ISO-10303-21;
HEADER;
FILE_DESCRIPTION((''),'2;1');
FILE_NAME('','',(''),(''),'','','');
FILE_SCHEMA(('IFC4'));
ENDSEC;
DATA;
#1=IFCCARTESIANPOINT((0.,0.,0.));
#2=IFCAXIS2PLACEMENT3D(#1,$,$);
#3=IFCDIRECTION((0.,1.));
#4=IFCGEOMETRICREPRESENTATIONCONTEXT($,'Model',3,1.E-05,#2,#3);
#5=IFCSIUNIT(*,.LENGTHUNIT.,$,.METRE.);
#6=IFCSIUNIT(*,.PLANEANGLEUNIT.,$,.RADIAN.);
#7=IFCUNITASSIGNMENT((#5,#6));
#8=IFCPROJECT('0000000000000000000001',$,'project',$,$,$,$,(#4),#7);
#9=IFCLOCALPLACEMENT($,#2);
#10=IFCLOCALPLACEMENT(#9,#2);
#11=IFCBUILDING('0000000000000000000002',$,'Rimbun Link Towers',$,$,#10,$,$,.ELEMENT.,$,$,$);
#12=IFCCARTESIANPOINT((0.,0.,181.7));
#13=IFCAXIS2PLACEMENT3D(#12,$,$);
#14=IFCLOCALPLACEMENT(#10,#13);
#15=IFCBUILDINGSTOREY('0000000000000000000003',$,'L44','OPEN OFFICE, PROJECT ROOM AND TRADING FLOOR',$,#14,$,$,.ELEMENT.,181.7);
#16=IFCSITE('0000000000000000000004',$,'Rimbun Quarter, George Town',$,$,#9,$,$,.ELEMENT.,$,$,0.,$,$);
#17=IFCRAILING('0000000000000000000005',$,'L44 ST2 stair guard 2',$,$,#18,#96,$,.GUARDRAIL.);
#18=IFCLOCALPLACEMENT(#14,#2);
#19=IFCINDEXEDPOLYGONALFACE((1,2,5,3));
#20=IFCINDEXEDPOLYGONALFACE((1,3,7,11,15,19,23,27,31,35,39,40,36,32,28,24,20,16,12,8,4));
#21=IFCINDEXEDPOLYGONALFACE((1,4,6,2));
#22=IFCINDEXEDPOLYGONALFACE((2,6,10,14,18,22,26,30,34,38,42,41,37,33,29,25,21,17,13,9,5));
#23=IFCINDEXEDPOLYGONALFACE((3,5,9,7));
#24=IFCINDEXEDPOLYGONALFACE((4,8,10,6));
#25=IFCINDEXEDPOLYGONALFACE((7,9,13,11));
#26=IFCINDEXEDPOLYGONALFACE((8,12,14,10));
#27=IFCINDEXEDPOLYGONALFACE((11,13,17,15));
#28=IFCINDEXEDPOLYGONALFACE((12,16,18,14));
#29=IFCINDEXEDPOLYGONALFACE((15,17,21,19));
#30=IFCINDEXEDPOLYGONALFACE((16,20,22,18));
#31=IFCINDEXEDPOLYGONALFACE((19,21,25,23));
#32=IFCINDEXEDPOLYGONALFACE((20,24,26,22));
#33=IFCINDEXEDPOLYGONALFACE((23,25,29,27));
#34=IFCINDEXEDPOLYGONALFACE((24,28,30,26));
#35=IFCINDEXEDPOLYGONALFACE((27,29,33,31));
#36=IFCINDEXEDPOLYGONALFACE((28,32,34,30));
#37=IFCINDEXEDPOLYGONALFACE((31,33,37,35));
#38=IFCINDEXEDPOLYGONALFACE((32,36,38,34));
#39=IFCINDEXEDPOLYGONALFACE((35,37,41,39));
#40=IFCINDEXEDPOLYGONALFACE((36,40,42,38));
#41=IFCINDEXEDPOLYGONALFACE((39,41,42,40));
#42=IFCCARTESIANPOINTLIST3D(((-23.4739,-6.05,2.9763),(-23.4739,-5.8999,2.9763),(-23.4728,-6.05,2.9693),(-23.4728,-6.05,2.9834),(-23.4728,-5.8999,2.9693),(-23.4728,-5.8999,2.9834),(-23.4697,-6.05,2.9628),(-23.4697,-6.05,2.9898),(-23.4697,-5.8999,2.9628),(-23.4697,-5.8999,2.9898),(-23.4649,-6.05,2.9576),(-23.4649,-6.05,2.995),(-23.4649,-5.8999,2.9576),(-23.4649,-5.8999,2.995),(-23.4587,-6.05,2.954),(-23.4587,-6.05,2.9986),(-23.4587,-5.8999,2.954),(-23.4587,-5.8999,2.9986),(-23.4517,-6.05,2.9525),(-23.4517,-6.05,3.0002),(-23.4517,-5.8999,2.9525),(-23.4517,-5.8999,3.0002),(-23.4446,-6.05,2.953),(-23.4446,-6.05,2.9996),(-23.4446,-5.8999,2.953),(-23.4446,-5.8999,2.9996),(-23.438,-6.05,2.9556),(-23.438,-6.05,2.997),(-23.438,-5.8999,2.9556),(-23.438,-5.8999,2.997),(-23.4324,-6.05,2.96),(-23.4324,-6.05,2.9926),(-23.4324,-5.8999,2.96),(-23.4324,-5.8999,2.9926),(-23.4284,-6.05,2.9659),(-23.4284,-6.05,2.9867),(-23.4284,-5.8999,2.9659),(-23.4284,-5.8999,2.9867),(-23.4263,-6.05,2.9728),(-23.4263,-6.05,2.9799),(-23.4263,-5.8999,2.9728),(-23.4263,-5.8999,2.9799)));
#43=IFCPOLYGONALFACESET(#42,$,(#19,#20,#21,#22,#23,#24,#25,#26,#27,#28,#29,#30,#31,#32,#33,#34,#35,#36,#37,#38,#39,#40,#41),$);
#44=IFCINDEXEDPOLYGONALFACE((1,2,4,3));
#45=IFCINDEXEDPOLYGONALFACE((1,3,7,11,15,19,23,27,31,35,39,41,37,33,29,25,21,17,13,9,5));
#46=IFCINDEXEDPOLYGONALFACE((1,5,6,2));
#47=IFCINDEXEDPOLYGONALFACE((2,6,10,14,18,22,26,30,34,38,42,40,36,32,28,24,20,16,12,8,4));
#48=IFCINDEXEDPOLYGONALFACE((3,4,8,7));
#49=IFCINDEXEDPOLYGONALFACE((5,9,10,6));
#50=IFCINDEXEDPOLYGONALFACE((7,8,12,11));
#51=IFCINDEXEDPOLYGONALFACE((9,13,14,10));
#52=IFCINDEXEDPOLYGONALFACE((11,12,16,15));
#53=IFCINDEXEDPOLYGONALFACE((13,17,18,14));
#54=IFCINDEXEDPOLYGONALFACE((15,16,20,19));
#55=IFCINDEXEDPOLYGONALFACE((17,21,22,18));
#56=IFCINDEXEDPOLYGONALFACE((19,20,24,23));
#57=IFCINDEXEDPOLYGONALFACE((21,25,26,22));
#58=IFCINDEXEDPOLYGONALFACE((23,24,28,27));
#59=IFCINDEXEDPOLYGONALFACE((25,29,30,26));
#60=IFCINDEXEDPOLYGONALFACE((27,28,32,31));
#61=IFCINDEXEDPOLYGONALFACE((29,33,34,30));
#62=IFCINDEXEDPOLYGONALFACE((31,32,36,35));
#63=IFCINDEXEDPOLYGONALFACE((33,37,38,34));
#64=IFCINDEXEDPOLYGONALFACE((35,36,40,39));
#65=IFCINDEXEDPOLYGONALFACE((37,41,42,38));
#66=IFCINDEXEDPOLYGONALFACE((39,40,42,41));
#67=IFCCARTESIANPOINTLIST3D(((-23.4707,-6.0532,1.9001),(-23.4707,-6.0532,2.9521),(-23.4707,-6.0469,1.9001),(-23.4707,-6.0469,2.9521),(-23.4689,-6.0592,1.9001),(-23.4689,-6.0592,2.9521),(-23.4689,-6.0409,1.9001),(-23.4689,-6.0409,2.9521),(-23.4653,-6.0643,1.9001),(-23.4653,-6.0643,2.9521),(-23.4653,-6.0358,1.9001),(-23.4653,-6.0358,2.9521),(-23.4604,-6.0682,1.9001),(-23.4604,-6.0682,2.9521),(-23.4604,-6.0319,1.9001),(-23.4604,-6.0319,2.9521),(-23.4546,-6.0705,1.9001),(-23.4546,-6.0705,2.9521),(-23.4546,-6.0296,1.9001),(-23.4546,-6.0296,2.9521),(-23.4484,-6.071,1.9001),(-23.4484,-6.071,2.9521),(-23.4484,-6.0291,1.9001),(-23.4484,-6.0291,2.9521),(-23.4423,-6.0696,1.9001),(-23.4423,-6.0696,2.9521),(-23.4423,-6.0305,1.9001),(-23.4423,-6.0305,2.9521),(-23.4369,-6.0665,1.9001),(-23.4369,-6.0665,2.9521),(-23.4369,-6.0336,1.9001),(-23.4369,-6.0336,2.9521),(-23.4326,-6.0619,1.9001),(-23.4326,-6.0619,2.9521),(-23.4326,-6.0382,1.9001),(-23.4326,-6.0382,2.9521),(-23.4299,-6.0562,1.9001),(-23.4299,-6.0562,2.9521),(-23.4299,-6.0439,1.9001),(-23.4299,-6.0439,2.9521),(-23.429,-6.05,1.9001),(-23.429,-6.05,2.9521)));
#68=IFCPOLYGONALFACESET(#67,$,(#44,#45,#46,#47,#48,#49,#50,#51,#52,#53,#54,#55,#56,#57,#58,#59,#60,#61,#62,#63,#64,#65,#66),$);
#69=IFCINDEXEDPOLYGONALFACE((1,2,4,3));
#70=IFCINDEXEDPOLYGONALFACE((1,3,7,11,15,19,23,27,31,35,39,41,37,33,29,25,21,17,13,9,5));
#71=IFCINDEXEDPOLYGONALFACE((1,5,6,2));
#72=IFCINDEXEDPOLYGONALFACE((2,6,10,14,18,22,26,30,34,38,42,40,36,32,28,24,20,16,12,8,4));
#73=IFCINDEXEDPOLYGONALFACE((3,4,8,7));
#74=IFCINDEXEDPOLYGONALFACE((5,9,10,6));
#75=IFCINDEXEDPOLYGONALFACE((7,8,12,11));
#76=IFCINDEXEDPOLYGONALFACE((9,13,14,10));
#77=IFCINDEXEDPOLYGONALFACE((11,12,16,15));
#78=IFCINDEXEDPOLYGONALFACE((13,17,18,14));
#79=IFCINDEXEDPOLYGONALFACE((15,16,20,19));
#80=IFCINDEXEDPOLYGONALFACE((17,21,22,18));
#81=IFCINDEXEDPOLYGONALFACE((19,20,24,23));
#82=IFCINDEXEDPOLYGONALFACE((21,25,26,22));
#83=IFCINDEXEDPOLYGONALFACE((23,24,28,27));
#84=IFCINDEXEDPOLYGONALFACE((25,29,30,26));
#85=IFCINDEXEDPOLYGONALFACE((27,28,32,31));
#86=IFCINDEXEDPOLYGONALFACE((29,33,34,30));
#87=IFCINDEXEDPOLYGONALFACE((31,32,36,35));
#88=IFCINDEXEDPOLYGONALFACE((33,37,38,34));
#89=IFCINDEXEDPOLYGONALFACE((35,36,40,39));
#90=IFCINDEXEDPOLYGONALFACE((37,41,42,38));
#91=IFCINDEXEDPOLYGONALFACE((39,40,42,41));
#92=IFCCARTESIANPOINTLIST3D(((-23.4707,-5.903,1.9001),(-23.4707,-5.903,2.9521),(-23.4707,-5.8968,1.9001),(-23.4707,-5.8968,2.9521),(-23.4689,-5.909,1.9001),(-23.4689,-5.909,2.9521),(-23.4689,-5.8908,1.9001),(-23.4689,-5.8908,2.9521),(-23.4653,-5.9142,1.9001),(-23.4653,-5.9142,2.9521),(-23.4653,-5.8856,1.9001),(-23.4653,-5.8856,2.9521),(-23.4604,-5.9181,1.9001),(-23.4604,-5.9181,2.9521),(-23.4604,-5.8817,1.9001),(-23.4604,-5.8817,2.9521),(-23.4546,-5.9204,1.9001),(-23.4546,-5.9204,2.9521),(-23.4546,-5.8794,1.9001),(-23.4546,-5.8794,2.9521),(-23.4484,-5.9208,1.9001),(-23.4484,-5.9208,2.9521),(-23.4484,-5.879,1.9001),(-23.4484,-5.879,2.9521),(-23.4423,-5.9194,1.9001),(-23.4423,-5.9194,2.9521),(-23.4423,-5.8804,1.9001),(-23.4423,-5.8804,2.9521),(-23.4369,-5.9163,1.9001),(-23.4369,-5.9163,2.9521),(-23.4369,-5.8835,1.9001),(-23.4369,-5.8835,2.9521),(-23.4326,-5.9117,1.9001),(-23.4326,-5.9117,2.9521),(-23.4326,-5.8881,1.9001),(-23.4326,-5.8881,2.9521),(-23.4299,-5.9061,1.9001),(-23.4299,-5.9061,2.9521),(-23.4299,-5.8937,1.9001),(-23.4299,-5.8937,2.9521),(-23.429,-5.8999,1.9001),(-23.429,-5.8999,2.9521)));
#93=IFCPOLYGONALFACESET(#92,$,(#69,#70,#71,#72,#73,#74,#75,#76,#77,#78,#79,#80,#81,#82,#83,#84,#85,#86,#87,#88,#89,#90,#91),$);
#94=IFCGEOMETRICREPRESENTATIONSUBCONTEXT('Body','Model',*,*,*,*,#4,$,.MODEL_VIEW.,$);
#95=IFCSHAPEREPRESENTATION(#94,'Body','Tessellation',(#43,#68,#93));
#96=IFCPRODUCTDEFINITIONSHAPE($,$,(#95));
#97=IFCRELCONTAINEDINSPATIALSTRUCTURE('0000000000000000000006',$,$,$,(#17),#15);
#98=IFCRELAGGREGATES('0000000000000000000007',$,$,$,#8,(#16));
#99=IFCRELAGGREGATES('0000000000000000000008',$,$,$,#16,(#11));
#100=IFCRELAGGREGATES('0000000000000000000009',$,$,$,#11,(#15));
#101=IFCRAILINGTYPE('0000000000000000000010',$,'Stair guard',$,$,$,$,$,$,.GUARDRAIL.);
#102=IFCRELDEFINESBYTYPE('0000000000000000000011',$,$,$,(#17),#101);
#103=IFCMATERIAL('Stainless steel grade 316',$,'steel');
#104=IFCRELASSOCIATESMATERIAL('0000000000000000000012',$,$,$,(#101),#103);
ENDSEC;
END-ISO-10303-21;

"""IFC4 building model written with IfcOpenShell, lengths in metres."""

from ifc_helpers import new_model, si_unit, direction, frame, origin, origin_2d, place, context, subcontext, project, spatial, circle, extrude, material, type_object, element, save


model = new_model("IFC4")

# Units and contexts
model_context = context("Model", 3, precision=1e-05, world=origin(), true_north=direction((0.0, 1.0)))
body_context = subcontext(model_context, "Body", "Model", "MODEL_VIEW")
ifc_project = project(units=[si_unit("LENGTHUNIT", "METRE"), si_unit("PLANEANGLEUNIT", "RADIAN")], contexts=[model_context])

# Site, building, storey
site_placement = place(None, origin())
site = spatial("IfcSite", under=ifc_project, at=site_placement, Name="Rimbun Quarter, George Town", CompositionType="ELEMENT", RefElevation=0.0)
building_placement = place(site_placement, origin())
building = spatial("IfcBuilding", under=site, at=building_placement, Name="Rimbun Link Towers", CompositionType="ELEMENT")
storey_placement = place(building_placement, frame((0.0, 0.0, 181.7)))
storey = spatial("IfcBuildingStorey", under=building, at=storey_placement, Name="L44", Description="OPEN OFFICE, PROJECT ROOM AND TRADING FLOOR", CompositionType="ELEMENT", Elevation=181.7)

# Railing
ifc_material_1 = material(Name="Stainless steel grade 316", Category="steel")
railing_type_1 = type_object("IfcRailingType", Name="Stair guard", PredefinedType="GUARDRAIL", material=ifc_material_1)
railing_1_placement = place(storey_placement, frame((-23.45, -6.05, 1.9001)))
element("IfcRailing", 1, at=railing_1_placement, inside=storey, type_object=railing_type_1, Name="L44 ST2 stair guard 2", PredefinedType="GUARDRAIL", context=body_context, shape_type="SweptSolid", body=[
    extrude(circle(Radius=0.0239, at=origin_2d()), frame((0.0, 0.0, 1.0762), z_axis=(0.0, 1.0, 0.0), x_axis=(-1.0, 0.0, 0.0)), (0.0, 0.0, 1.0), 0.1501),
    extrude(circle(Radius=0.021, at=origin_2d()), origin(), (0.0, 0.0, 1.0), 1.052),
    extrude(circle(Radius=0.021, at=origin_2d()), frame((0.0, 0.1501, 0.0)), (0.0, 0.0, 1.0), 1.052),
])

save(model, "model.ifc")
